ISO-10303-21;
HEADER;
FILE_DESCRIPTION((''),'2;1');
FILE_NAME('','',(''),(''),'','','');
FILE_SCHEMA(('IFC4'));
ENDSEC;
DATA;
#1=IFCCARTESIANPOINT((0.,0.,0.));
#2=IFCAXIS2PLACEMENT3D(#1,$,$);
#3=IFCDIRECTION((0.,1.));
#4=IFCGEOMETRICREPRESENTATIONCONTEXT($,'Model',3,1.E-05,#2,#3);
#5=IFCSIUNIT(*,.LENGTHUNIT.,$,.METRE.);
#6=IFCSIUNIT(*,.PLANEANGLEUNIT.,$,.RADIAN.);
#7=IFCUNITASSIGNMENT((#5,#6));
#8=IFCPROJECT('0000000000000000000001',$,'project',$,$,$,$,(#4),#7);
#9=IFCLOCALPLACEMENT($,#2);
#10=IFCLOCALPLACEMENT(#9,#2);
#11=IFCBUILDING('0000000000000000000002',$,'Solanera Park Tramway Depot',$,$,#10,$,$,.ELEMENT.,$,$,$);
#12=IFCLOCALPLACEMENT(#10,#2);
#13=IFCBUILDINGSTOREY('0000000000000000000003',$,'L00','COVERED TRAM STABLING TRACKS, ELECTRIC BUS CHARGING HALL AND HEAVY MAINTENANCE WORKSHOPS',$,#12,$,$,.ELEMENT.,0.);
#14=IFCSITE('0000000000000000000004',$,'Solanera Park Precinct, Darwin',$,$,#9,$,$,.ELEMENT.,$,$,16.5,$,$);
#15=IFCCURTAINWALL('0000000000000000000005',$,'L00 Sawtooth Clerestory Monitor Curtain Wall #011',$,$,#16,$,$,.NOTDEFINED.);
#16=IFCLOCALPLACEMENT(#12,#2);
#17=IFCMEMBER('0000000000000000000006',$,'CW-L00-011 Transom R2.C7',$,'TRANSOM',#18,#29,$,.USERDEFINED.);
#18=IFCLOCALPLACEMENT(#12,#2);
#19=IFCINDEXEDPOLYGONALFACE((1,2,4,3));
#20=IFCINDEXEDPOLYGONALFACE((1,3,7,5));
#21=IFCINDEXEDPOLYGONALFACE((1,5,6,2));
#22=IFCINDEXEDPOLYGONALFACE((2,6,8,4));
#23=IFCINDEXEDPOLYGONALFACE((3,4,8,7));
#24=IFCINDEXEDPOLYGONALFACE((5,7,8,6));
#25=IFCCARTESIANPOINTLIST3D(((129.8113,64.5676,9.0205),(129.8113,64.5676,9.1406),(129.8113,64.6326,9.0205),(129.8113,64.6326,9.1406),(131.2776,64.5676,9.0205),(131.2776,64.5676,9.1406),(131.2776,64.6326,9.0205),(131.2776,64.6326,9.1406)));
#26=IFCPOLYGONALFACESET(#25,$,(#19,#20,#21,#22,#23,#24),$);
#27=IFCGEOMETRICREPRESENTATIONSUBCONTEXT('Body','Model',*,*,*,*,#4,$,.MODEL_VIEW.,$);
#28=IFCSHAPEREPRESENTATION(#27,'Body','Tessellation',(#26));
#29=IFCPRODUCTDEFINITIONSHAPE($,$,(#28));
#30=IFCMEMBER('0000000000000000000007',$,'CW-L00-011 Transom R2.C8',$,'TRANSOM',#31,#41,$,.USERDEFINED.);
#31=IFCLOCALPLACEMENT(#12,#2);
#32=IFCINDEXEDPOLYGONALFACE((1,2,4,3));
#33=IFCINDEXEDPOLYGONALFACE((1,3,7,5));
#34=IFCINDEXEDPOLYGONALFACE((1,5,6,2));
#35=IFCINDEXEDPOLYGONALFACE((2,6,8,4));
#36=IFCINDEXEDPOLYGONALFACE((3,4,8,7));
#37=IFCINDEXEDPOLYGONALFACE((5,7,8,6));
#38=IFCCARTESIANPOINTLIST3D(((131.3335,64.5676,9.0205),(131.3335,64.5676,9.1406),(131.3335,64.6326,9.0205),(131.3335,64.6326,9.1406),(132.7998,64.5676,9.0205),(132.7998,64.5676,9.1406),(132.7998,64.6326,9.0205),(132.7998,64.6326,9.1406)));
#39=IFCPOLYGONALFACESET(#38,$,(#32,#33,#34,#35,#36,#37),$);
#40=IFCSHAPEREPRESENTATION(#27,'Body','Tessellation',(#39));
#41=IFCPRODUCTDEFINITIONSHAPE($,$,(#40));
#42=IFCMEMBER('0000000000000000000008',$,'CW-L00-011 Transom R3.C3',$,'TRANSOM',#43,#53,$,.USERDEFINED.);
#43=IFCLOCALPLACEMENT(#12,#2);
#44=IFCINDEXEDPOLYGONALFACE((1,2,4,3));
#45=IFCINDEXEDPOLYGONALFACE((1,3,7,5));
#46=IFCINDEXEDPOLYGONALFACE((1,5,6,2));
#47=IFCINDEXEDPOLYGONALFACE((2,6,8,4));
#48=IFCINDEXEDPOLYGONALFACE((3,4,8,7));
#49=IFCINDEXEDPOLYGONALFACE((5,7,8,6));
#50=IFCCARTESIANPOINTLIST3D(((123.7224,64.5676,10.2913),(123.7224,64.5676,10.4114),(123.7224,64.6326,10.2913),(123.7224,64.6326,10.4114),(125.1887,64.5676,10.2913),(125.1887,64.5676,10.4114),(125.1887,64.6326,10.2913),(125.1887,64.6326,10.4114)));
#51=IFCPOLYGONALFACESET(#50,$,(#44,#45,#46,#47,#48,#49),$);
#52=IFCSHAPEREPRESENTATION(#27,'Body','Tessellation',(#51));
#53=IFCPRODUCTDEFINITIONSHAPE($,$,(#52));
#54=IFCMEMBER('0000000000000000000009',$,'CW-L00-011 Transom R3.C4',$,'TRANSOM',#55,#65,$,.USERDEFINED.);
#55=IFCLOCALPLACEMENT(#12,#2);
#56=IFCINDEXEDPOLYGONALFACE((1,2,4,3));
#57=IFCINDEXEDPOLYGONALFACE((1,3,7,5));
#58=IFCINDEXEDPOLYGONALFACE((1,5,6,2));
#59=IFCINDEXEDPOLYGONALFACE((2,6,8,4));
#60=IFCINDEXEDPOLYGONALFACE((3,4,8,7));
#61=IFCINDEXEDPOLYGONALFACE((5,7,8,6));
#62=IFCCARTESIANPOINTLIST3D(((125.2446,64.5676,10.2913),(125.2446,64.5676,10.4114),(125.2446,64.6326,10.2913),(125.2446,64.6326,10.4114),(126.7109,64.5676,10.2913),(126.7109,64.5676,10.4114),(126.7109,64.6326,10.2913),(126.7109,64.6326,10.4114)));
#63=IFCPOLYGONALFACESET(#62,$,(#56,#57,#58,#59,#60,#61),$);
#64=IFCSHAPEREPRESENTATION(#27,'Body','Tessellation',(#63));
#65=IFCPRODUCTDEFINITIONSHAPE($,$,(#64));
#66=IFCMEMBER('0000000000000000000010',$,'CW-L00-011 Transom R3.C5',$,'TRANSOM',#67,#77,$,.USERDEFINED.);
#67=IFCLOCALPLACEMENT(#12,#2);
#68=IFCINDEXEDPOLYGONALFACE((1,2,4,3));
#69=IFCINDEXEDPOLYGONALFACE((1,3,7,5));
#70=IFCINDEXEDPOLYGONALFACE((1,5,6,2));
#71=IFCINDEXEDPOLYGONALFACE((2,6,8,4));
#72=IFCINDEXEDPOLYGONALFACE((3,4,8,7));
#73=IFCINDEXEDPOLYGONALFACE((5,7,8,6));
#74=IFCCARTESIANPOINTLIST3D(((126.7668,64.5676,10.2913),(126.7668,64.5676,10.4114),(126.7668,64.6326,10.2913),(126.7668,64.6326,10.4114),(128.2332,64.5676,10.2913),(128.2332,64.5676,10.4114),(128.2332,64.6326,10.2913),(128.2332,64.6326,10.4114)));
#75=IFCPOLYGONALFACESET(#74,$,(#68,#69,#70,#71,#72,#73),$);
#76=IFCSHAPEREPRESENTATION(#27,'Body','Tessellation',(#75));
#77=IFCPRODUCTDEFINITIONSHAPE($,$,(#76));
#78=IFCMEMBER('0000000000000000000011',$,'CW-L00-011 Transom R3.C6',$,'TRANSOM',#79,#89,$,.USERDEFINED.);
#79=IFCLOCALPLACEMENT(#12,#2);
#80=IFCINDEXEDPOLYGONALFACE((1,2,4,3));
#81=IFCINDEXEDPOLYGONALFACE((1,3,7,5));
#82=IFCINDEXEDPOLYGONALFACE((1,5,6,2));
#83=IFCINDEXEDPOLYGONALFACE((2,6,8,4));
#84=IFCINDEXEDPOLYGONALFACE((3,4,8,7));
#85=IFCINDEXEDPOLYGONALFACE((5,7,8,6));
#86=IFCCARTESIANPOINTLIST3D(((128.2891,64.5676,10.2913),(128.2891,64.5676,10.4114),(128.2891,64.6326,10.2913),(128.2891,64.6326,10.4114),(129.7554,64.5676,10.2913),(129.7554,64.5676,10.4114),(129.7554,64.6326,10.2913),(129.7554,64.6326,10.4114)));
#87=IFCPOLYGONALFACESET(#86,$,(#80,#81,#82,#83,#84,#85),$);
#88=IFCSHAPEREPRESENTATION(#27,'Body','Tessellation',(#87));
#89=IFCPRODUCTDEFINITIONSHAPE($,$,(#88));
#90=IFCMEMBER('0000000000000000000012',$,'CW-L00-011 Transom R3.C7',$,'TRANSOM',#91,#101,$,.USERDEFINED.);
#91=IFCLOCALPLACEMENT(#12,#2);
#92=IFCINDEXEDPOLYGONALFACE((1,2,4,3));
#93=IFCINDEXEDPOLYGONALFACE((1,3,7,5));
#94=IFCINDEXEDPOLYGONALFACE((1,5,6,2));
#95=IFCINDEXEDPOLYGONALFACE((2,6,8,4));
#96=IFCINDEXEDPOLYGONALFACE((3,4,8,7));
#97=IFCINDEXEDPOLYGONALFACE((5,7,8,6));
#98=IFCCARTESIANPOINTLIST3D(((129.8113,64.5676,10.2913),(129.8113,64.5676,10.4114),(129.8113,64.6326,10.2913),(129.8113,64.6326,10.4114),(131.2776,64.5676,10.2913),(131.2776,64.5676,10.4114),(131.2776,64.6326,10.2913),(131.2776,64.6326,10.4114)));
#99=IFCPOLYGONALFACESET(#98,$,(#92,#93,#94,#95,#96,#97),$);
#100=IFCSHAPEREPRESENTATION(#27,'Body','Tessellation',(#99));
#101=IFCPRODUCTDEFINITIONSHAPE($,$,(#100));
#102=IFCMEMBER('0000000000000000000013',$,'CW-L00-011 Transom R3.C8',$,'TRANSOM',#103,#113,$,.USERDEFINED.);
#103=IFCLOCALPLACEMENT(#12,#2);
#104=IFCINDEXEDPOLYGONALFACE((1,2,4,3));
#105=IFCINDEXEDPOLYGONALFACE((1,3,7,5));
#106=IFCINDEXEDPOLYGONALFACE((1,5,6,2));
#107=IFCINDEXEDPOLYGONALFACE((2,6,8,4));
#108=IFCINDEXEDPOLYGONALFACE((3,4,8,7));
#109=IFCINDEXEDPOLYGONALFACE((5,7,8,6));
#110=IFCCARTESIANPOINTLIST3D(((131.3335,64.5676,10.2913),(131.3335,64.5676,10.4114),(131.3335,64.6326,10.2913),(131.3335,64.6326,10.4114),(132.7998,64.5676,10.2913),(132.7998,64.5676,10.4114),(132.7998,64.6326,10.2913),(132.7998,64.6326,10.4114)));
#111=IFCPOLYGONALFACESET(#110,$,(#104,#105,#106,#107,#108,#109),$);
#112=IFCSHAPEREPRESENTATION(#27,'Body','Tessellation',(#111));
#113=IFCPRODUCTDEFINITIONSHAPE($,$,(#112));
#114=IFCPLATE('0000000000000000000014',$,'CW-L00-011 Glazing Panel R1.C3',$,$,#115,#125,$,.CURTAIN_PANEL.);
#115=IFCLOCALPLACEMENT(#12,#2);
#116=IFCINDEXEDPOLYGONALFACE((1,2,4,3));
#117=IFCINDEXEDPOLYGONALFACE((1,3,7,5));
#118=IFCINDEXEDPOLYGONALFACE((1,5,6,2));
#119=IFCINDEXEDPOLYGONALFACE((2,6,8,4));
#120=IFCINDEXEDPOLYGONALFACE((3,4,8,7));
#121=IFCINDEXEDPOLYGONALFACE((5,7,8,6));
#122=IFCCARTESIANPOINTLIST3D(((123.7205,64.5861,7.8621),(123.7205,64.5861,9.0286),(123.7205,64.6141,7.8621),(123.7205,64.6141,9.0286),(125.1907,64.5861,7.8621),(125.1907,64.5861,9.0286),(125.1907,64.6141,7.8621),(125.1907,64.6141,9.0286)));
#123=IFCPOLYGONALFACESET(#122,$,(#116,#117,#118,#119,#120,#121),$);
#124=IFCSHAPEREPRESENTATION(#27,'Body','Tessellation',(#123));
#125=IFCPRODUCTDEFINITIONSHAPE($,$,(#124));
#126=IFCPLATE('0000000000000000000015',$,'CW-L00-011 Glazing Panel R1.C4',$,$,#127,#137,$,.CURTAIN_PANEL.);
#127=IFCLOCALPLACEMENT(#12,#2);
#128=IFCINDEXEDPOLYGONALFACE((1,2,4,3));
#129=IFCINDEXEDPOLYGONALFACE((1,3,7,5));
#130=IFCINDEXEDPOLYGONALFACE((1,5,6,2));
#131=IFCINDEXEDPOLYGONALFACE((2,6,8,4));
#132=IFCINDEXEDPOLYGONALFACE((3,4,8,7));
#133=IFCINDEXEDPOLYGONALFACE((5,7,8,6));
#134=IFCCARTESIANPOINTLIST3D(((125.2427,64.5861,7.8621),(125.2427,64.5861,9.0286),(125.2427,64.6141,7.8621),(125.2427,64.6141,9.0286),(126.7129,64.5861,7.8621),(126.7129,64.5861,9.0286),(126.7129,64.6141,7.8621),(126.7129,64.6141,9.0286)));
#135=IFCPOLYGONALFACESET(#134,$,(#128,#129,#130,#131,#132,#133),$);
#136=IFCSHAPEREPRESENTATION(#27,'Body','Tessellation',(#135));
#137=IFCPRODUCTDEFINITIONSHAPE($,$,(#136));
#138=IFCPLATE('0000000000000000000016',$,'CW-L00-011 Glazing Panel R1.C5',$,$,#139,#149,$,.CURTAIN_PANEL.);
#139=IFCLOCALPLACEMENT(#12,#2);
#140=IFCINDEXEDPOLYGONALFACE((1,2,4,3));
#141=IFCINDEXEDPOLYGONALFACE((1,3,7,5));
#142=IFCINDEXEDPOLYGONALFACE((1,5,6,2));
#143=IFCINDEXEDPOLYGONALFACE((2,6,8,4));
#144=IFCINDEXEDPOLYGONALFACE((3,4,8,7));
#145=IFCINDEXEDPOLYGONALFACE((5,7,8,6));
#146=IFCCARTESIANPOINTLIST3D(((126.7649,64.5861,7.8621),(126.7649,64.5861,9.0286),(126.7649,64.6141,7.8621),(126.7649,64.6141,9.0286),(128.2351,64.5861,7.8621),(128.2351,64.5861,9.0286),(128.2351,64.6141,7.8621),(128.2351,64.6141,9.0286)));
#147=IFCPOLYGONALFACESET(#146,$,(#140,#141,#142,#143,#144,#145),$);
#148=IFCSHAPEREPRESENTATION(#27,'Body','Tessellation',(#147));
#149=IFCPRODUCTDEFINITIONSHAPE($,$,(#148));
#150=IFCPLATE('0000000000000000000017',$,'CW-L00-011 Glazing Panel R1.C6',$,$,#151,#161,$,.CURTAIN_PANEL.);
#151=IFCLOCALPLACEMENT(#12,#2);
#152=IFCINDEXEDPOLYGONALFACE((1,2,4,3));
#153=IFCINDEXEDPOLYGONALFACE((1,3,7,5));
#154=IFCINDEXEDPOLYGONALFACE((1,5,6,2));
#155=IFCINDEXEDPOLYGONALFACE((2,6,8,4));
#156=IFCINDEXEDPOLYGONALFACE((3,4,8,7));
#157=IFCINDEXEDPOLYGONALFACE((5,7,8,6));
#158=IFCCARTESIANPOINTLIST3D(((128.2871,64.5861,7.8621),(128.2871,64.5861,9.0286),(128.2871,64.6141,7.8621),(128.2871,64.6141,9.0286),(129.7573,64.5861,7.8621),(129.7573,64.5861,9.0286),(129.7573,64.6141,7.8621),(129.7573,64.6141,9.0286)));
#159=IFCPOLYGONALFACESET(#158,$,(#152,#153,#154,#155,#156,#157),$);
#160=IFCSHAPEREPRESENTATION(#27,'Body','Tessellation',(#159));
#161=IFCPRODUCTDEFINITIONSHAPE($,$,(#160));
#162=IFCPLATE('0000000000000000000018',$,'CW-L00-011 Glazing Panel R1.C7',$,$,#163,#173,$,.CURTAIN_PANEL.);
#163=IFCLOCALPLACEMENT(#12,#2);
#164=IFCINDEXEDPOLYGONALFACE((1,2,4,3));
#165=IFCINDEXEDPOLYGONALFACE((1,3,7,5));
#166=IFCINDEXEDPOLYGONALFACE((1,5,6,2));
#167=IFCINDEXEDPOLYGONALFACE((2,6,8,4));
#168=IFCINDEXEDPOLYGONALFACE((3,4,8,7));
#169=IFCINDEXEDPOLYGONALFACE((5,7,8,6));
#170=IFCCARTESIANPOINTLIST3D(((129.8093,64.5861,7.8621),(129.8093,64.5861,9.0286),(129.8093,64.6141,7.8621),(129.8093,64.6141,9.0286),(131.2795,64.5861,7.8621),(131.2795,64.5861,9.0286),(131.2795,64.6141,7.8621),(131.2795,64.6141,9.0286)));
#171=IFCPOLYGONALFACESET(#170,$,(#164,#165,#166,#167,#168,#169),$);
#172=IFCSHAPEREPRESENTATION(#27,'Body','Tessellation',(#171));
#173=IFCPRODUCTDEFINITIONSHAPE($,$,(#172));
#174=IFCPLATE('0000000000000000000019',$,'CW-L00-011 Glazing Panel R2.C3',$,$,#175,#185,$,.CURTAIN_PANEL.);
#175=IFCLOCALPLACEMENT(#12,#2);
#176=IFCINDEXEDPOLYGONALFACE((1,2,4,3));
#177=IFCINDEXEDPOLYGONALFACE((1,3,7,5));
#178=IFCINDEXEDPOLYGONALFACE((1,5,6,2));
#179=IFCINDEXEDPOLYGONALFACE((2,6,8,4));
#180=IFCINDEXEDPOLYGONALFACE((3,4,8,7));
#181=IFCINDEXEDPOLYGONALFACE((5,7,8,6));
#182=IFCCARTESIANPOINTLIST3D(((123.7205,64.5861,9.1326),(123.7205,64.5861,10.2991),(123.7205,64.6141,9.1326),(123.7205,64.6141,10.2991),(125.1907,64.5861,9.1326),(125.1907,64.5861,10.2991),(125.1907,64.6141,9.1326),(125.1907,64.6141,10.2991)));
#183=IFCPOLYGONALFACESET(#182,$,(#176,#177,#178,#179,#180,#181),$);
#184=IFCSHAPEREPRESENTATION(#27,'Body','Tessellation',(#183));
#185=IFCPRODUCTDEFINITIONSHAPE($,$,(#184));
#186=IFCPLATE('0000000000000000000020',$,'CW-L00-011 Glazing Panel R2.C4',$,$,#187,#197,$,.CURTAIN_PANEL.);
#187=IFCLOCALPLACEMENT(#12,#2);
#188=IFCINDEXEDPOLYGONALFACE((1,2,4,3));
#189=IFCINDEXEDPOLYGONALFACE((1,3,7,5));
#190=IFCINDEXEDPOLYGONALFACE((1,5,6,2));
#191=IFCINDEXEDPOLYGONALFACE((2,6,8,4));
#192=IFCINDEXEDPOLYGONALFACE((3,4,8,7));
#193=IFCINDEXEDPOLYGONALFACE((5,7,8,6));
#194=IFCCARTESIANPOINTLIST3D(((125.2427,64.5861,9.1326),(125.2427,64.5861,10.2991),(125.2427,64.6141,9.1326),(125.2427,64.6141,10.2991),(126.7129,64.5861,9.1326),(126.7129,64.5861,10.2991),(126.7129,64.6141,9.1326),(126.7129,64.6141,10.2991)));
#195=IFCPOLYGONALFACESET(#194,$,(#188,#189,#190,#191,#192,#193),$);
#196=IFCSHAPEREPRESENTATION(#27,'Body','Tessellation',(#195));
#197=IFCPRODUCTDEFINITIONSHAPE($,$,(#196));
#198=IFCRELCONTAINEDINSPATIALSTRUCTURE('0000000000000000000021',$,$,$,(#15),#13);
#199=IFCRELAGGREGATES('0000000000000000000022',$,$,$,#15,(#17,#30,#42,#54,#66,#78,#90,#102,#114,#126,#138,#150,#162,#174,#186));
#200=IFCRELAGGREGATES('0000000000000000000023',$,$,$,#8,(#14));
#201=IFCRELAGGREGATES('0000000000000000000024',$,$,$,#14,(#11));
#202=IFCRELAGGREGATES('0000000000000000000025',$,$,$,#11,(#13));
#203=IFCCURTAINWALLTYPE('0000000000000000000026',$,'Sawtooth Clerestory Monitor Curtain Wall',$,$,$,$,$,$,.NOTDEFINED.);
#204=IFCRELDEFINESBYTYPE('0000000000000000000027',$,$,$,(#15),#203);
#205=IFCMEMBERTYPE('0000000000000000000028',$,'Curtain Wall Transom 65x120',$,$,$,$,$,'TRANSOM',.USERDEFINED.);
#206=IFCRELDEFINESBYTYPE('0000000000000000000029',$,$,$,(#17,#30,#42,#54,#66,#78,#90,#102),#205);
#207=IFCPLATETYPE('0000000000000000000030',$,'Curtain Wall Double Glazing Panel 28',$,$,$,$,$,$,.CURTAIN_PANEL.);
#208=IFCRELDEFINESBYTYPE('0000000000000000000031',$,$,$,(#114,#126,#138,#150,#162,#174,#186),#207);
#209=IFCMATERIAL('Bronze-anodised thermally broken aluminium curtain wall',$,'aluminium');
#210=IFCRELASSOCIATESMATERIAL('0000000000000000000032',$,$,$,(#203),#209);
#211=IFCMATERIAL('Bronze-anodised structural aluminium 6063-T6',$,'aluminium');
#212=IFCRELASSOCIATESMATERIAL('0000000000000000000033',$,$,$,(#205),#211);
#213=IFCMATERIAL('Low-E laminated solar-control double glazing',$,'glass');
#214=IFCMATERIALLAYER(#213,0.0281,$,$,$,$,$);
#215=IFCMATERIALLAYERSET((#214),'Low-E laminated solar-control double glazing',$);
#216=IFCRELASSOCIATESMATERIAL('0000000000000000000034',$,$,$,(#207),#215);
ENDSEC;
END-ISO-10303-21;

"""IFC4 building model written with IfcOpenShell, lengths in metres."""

from ifc_helpers import new_model, si_unit, direction, frame, origin, origin_2d, place, context, subcontext, project, spatial, rectangle, extrude, material, layer, layer_set, material_profile, profile_set, type_object, element, aggregate, save


model = new_model("IFC4")

# Units and contexts
model_context = context("Model", 3, precision=1e-05, world=origin(), true_north=direction((0.0, 1.0)))
body_context = subcontext(model_context, "Body", "Model", "MODEL_VIEW")
ifc_project = project(units=[si_unit("LENGTHUNIT", "METRE"), si_unit("PLANEANGLEUNIT", "RADIAN")], contexts=[model_context])

# Site, building, storey
site_placement = place(None, origin())
site = spatial("IfcSite", under=ifc_project, at=site_placement, Name="Solanera Park Precinct, Darwin", CompositionType="ELEMENT", RefElevation=16.5)
building_placement = place(site_placement, origin())
building = spatial("IfcBuilding", under=site, at=building_placement, Name="Solanera Park Tramway Depot", CompositionType="ELEMENT")
storey_placement = place(building_placement, origin())
storey = spatial("IfcBuildingStorey", under=building, at=storey_placement, Name="L00", Description="COVERED TRAM STABLING TRACKS, ELECTRIC BUS CHARGING HALL AND HEAVY MAINTENANCE WORKSHOPS", CompositionType="ELEMENT", Elevation=0.0)

# Curtain wall, members, plates
ifc_material_1 = material(Name="Bronze-anodised thermally broken aluminium curtain wall", Category="aluminium")
curtain_wall_type = type_object("IfcCurtainWallType", Name="Sawtooth Clerestory Monitor Curtain Wall", PredefinedType="NOTDEFINED", material=ifc_material_1)
curtain_wall_placement = place(storey_placement, origin())
curtain_wall = element("IfcCurtainWall", 1, at=curtain_wall_placement, inside=storey, type_object=curtain_wall_type, Name="L00 Sawtooth Clerestory Monitor Curtain Wall #011", PredefinedType="NOTDEFINED")
ifc_material_2 = material(Name="Bronze-anodised structural aluminium 6063-T6", Category="aluminium")
ifc_material_profile_1 = material_profile(ifc_material_2, rectangle(XDim=0.0649, YDim=0.1201, at=origin_2d()), Name="Curtain Wall Transom 65x120")
ifc_profile_set_1 = profile_set([ifc_material_profile_1], Name="Bronze-anodised structural aluminium 6063-T6")
member_type_1 = type_object("IfcMemberType", Name="Curtain Wall Transom 65x120", ElementType="TRANSOM", PredefinedType="USERDEFINED", material=ifc_profile_set_1)
member_1_placement = place(storey_placement, frame((129.8113, 64.6001, 9.0806), z_axis=(1.0, 0.0, 0.0), x_axis=(0.0, 1.0, 0.0)))
member_1 = element("IfcMember", 2, at=member_1_placement, type_object=member_type_1, Name="CW-L00-011 Transom R2.C7", ObjectType="TRANSOM", PredefinedType="USERDEFINED", context=body_context, shape_type="SweptSolid", body=[
    extrude(rectangle(XDim=0.0649, YDim=0.1201, at=origin_2d()), origin(), (0.0, 0.0, 1.0), 1.4663),
])
member_2_placement = place(storey_placement, frame((131.3335, 64.6001, 9.0806), z_axis=(1.0, 0.0, 0.0), x_axis=(0.0, 1.0, 0.0)))
member_2 = element("IfcMember", 3, at=member_2_placement, type_object=member_type_1, Name="CW-L00-011 Transom R2.C8", ObjectType="TRANSOM", PredefinedType="USERDEFINED", context=body_context, shape_type="SweptSolid", body=[
    extrude(rectangle(XDim=0.0649, YDim=0.1201, at=origin_2d()), origin(), (0.0, 0.0, 1.0), 1.4663),
])
member_3_placement = place(storey_placement, frame((123.7224, 64.6001, 10.3513), z_axis=(1.0, 0.0, 0.0), x_axis=(0.0, 1.0, 0.0)))
member_3 = element("IfcMember", 4, at=member_3_placement, type_object=member_type_1, Name="CW-L00-011 Transom R3.C3", ObjectType="TRANSOM", PredefinedType="USERDEFINED", context=body_context, shape_type="SweptSolid", body=[
    extrude(rectangle(XDim=0.0649, YDim=0.1201, at=origin_2d()), origin(), (0.0, 0.0, 1.0), 1.4663),
])
member_4_placement = place(storey_placement, frame((125.2446, 64.6001, 10.3513), z_axis=(1.0, 0.0, 0.0), x_axis=(0.0, 1.0, 0.0)))
member_4 = element("IfcMember", 5, at=member_4_placement, type_object=member_type_1, Name="CW-L00-011 Transom R3.C4", ObjectType="TRANSOM", PredefinedType="USERDEFINED", context=body_context, shape_type="SweptSolid", body=[
    extrude(rectangle(XDim=0.0649, YDim=0.1201, at=origin_2d()), origin(), (0.0, 0.0, 1.0), 1.4663),
])
member_5_placement = place(storey_placement, frame((126.7668, 64.6001, 10.3513), z_axis=(1.0, 0.0, 0.0), x_axis=(0.0, 1.0, 0.0)))
member_5 = element("IfcMember", 6, at=member_5_placement, type_object=member_type_1, Name="CW-L00-011 Transom R3.C5", ObjectType="TRANSOM", PredefinedType="USERDEFINED", context=body_context, shape_type="SweptSolid", body=[
    extrude(rectangle(XDim=0.0649, YDim=0.1201, at=origin_2d()), origin(), (0.0, 0.0, 1.0), 1.4663),
])
member_6_placement = place(storey_placement, frame((128.2891, 64.6001, 10.3513), z_axis=(1.0, 0.0, 0.0), x_axis=(0.0, 1.0, 0.0)))
member_6 = element("IfcMember", 7, at=member_6_placement, type_object=member_type_1, Name="CW-L00-011 Transom R3.C6", ObjectType="TRANSOM", PredefinedType="USERDEFINED", context=body_context, shape_type="SweptSolid", body=[
    extrude(rectangle(XDim=0.0649, YDim=0.1201, at=origin_2d()), origin(), (0.0, 0.0, 1.0), 1.4663),
])
member_7_placement = place(storey_placement, frame((129.8113, 64.6001, 10.3513), z_axis=(1.0, 0.0, 0.0), x_axis=(0.0, 1.0, 0.0)))
member_7 = element("IfcMember", 8, at=member_7_placement, type_object=member_type_1, Name="CW-L00-011 Transom R3.C7", ObjectType="TRANSOM", PredefinedType="USERDEFINED", context=body_context, shape_type="SweptSolid", body=[
    extrude(rectangle(XDim=0.0649, YDim=0.1201, at=origin_2d()), origin(), (0.0, 0.0, 1.0), 1.4663),
])
member_8_placement = place(storey_placement, frame((131.3335, 64.6001, 10.3513), z_axis=(1.0, 0.0, 0.0), x_axis=(0.0, 1.0, 0.0)))
member_8 = element("IfcMember", 9, at=member_8_placement, type_object=member_type_1, Name="CW-L00-011 Transom R3.C8", ObjectType="TRANSOM", PredefinedType="USERDEFINED", context=body_context, shape_type="SweptSolid", body=[
    extrude(rectangle(XDim=0.0649, YDim=0.1201, at=origin_2d()), origin(), (0.0, 0.0, 1.0), 1.4663),
])
ifc_material_3 = material(Name="Low-E laminated solar-control double glazing", Category="glass")
ifc_layer = layer(ifc_material_3, 0.0281)
ifc_layer_set = layer_set([ifc_layer], Name="Low-E laminated solar-control double glazing")
plate_type = type_object("IfcPlateType", Name="Curtain Wall Double Glazing Panel 28", PredefinedType="CURTAIN_PANEL", material=ifc_layer_set)
plate_1_placement = place(storey_placement, frame((124.4556, 64.6001, 7.8621), z_axis=(0.0, 0.0, 1.0), x_axis=(1.0, 0.0, 0.0)))
plate_1 = element("IfcPlate", 10, at=plate_1_placement, type_object=plate_type, Name="CW-L00-011 Glazing Panel R1.C3", PredefinedType="CURTAIN_PANEL", context=body_context, shape_type="SweptSolid", body=[
    extrude(rectangle(XDim=1.4702, YDim=0.0281, at=origin_2d()), origin(), (0.0, 0.0, 1.0), 1.1665),
])
plate_2_placement = place(storey_placement, frame((125.9778, 64.6001, 7.8621), z_axis=(0.0, 0.0, 1.0), x_axis=(1.0, 0.0, 0.0)))
plate_2 = element("IfcPlate", 11, at=plate_2_placement, type_object=plate_type, Name="CW-L00-011 Glazing Panel R1.C4", PredefinedType="CURTAIN_PANEL", context=body_context, shape_type="SweptSolid", body=[
    extrude(rectangle(XDim=1.4702, YDim=0.0281, at=origin_2d()), origin(), (0.0, 0.0, 1.0), 1.1665),
])
plate_3_placement = place(storey_placement, frame((127.5, 64.6001, 7.8621), z_axis=(0.0, 0.0, 1.0), x_axis=(1.0, 0.0, 0.0)))
plate_3 = element("IfcPlate", 12, at=plate_3_placement, type_object=plate_type, Name="CW-L00-011 Glazing Panel R1.C5", PredefinedType="CURTAIN_PANEL", context=body_context, shape_type="SweptSolid", body=[
    extrude(rectangle(XDim=1.4702, YDim=0.0281, at=origin_2d()), origin(), (0.0, 0.0, 1.0), 1.1665),
])
plate_4_placement = place(storey_placement, frame((129.0222, 64.6001, 7.8621), z_axis=(0.0, 0.0, 1.0), x_axis=(1.0, 0.0, 0.0)))
plate_4 = element("IfcPlate", 13, at=plate_4_placement, type_object=plate_type, Name="CW-L00-011 Glazing Panel R1.C6", PredefinedType="CURTAIN_PANEL", context=body_context, shape_type="SweptSolid", body=[
    extrude(rectangle(XDim=1.4702, YDim=0.0281, at=origin_2d()), origin(), (0.0, 0.0, 1.0), 1.1665),
])
plate_5_placement = place(storey_placement, frame((130.5444, 64.6001, 7.8621), z_axis=(0.0, 0.0, 1.0), x_axis=(1.0, 0.0, 0.0)))
plate_5 = element("IfcPlate", 14, at=plate_5_placement, type_object=plate_type, Name="CW-L00-011 Glazing Panel R1.C7", PredefinedType="CURTAIN_PANEL", context=body_context, shape_type="SweptSolid", body=[
    extrude(rectangle(XDim=1.4702, YDim=0.0281, at=origin_2d()), origin(), (0.0, 0.0, 1.0), 1.1665),
])
plate_6_placement = place(storey_placement, frame((124.4556, 64.6001, 9.1326), z_axis=(0.0, 0.0, 1.0), x_axis=(1.0, 0.0, 0.0)))
plate_6 = element("IfcPlate", 15, at=plate_6_placement, type_object=plate_type, Name="CW-L00-011 Glazing Panel R2.C3", PredefinedType="CURTAIN_PANEL", context=body_context, shape_type="SweptSolid", body=[
    extrude(rectangle(XDim=1.4702, YDim=0.0281, at=origin_2d()), origin(), (0.0, 0.0, 1.0), 1.1665),
])
plate_7_placement = place(storey_placement, frame((125.9778, 64.6001, 9.1326), z_axis=(0.0, 0.0, 1.0), x_axis=(1.0, 0.0, 0.0)))
plate_7 = element("IfcPlate", 16, at=plate_7_placement, type_object=plate_type, Name="CW-L00-011 Glazing Panel R2.C4", PredefinedType="CURTAIN_PANEL", context=body_context, shape_type="SweptSolid", body=[
    extrude(rectangle(XDim=1.4702, YDim=0.0281, at=origin_2d()), origin(), (0.0, 0.0, 1.0), 1.1665),
])
aggregate(curtain_wall, [member_1, member_2, member_3, member_4, member_5, member_6, member_7, member_8, plate_1, plate_2, plate_3, plate_4, plate_5, plate_6, plate_7])

save(model, "model.ifc")
